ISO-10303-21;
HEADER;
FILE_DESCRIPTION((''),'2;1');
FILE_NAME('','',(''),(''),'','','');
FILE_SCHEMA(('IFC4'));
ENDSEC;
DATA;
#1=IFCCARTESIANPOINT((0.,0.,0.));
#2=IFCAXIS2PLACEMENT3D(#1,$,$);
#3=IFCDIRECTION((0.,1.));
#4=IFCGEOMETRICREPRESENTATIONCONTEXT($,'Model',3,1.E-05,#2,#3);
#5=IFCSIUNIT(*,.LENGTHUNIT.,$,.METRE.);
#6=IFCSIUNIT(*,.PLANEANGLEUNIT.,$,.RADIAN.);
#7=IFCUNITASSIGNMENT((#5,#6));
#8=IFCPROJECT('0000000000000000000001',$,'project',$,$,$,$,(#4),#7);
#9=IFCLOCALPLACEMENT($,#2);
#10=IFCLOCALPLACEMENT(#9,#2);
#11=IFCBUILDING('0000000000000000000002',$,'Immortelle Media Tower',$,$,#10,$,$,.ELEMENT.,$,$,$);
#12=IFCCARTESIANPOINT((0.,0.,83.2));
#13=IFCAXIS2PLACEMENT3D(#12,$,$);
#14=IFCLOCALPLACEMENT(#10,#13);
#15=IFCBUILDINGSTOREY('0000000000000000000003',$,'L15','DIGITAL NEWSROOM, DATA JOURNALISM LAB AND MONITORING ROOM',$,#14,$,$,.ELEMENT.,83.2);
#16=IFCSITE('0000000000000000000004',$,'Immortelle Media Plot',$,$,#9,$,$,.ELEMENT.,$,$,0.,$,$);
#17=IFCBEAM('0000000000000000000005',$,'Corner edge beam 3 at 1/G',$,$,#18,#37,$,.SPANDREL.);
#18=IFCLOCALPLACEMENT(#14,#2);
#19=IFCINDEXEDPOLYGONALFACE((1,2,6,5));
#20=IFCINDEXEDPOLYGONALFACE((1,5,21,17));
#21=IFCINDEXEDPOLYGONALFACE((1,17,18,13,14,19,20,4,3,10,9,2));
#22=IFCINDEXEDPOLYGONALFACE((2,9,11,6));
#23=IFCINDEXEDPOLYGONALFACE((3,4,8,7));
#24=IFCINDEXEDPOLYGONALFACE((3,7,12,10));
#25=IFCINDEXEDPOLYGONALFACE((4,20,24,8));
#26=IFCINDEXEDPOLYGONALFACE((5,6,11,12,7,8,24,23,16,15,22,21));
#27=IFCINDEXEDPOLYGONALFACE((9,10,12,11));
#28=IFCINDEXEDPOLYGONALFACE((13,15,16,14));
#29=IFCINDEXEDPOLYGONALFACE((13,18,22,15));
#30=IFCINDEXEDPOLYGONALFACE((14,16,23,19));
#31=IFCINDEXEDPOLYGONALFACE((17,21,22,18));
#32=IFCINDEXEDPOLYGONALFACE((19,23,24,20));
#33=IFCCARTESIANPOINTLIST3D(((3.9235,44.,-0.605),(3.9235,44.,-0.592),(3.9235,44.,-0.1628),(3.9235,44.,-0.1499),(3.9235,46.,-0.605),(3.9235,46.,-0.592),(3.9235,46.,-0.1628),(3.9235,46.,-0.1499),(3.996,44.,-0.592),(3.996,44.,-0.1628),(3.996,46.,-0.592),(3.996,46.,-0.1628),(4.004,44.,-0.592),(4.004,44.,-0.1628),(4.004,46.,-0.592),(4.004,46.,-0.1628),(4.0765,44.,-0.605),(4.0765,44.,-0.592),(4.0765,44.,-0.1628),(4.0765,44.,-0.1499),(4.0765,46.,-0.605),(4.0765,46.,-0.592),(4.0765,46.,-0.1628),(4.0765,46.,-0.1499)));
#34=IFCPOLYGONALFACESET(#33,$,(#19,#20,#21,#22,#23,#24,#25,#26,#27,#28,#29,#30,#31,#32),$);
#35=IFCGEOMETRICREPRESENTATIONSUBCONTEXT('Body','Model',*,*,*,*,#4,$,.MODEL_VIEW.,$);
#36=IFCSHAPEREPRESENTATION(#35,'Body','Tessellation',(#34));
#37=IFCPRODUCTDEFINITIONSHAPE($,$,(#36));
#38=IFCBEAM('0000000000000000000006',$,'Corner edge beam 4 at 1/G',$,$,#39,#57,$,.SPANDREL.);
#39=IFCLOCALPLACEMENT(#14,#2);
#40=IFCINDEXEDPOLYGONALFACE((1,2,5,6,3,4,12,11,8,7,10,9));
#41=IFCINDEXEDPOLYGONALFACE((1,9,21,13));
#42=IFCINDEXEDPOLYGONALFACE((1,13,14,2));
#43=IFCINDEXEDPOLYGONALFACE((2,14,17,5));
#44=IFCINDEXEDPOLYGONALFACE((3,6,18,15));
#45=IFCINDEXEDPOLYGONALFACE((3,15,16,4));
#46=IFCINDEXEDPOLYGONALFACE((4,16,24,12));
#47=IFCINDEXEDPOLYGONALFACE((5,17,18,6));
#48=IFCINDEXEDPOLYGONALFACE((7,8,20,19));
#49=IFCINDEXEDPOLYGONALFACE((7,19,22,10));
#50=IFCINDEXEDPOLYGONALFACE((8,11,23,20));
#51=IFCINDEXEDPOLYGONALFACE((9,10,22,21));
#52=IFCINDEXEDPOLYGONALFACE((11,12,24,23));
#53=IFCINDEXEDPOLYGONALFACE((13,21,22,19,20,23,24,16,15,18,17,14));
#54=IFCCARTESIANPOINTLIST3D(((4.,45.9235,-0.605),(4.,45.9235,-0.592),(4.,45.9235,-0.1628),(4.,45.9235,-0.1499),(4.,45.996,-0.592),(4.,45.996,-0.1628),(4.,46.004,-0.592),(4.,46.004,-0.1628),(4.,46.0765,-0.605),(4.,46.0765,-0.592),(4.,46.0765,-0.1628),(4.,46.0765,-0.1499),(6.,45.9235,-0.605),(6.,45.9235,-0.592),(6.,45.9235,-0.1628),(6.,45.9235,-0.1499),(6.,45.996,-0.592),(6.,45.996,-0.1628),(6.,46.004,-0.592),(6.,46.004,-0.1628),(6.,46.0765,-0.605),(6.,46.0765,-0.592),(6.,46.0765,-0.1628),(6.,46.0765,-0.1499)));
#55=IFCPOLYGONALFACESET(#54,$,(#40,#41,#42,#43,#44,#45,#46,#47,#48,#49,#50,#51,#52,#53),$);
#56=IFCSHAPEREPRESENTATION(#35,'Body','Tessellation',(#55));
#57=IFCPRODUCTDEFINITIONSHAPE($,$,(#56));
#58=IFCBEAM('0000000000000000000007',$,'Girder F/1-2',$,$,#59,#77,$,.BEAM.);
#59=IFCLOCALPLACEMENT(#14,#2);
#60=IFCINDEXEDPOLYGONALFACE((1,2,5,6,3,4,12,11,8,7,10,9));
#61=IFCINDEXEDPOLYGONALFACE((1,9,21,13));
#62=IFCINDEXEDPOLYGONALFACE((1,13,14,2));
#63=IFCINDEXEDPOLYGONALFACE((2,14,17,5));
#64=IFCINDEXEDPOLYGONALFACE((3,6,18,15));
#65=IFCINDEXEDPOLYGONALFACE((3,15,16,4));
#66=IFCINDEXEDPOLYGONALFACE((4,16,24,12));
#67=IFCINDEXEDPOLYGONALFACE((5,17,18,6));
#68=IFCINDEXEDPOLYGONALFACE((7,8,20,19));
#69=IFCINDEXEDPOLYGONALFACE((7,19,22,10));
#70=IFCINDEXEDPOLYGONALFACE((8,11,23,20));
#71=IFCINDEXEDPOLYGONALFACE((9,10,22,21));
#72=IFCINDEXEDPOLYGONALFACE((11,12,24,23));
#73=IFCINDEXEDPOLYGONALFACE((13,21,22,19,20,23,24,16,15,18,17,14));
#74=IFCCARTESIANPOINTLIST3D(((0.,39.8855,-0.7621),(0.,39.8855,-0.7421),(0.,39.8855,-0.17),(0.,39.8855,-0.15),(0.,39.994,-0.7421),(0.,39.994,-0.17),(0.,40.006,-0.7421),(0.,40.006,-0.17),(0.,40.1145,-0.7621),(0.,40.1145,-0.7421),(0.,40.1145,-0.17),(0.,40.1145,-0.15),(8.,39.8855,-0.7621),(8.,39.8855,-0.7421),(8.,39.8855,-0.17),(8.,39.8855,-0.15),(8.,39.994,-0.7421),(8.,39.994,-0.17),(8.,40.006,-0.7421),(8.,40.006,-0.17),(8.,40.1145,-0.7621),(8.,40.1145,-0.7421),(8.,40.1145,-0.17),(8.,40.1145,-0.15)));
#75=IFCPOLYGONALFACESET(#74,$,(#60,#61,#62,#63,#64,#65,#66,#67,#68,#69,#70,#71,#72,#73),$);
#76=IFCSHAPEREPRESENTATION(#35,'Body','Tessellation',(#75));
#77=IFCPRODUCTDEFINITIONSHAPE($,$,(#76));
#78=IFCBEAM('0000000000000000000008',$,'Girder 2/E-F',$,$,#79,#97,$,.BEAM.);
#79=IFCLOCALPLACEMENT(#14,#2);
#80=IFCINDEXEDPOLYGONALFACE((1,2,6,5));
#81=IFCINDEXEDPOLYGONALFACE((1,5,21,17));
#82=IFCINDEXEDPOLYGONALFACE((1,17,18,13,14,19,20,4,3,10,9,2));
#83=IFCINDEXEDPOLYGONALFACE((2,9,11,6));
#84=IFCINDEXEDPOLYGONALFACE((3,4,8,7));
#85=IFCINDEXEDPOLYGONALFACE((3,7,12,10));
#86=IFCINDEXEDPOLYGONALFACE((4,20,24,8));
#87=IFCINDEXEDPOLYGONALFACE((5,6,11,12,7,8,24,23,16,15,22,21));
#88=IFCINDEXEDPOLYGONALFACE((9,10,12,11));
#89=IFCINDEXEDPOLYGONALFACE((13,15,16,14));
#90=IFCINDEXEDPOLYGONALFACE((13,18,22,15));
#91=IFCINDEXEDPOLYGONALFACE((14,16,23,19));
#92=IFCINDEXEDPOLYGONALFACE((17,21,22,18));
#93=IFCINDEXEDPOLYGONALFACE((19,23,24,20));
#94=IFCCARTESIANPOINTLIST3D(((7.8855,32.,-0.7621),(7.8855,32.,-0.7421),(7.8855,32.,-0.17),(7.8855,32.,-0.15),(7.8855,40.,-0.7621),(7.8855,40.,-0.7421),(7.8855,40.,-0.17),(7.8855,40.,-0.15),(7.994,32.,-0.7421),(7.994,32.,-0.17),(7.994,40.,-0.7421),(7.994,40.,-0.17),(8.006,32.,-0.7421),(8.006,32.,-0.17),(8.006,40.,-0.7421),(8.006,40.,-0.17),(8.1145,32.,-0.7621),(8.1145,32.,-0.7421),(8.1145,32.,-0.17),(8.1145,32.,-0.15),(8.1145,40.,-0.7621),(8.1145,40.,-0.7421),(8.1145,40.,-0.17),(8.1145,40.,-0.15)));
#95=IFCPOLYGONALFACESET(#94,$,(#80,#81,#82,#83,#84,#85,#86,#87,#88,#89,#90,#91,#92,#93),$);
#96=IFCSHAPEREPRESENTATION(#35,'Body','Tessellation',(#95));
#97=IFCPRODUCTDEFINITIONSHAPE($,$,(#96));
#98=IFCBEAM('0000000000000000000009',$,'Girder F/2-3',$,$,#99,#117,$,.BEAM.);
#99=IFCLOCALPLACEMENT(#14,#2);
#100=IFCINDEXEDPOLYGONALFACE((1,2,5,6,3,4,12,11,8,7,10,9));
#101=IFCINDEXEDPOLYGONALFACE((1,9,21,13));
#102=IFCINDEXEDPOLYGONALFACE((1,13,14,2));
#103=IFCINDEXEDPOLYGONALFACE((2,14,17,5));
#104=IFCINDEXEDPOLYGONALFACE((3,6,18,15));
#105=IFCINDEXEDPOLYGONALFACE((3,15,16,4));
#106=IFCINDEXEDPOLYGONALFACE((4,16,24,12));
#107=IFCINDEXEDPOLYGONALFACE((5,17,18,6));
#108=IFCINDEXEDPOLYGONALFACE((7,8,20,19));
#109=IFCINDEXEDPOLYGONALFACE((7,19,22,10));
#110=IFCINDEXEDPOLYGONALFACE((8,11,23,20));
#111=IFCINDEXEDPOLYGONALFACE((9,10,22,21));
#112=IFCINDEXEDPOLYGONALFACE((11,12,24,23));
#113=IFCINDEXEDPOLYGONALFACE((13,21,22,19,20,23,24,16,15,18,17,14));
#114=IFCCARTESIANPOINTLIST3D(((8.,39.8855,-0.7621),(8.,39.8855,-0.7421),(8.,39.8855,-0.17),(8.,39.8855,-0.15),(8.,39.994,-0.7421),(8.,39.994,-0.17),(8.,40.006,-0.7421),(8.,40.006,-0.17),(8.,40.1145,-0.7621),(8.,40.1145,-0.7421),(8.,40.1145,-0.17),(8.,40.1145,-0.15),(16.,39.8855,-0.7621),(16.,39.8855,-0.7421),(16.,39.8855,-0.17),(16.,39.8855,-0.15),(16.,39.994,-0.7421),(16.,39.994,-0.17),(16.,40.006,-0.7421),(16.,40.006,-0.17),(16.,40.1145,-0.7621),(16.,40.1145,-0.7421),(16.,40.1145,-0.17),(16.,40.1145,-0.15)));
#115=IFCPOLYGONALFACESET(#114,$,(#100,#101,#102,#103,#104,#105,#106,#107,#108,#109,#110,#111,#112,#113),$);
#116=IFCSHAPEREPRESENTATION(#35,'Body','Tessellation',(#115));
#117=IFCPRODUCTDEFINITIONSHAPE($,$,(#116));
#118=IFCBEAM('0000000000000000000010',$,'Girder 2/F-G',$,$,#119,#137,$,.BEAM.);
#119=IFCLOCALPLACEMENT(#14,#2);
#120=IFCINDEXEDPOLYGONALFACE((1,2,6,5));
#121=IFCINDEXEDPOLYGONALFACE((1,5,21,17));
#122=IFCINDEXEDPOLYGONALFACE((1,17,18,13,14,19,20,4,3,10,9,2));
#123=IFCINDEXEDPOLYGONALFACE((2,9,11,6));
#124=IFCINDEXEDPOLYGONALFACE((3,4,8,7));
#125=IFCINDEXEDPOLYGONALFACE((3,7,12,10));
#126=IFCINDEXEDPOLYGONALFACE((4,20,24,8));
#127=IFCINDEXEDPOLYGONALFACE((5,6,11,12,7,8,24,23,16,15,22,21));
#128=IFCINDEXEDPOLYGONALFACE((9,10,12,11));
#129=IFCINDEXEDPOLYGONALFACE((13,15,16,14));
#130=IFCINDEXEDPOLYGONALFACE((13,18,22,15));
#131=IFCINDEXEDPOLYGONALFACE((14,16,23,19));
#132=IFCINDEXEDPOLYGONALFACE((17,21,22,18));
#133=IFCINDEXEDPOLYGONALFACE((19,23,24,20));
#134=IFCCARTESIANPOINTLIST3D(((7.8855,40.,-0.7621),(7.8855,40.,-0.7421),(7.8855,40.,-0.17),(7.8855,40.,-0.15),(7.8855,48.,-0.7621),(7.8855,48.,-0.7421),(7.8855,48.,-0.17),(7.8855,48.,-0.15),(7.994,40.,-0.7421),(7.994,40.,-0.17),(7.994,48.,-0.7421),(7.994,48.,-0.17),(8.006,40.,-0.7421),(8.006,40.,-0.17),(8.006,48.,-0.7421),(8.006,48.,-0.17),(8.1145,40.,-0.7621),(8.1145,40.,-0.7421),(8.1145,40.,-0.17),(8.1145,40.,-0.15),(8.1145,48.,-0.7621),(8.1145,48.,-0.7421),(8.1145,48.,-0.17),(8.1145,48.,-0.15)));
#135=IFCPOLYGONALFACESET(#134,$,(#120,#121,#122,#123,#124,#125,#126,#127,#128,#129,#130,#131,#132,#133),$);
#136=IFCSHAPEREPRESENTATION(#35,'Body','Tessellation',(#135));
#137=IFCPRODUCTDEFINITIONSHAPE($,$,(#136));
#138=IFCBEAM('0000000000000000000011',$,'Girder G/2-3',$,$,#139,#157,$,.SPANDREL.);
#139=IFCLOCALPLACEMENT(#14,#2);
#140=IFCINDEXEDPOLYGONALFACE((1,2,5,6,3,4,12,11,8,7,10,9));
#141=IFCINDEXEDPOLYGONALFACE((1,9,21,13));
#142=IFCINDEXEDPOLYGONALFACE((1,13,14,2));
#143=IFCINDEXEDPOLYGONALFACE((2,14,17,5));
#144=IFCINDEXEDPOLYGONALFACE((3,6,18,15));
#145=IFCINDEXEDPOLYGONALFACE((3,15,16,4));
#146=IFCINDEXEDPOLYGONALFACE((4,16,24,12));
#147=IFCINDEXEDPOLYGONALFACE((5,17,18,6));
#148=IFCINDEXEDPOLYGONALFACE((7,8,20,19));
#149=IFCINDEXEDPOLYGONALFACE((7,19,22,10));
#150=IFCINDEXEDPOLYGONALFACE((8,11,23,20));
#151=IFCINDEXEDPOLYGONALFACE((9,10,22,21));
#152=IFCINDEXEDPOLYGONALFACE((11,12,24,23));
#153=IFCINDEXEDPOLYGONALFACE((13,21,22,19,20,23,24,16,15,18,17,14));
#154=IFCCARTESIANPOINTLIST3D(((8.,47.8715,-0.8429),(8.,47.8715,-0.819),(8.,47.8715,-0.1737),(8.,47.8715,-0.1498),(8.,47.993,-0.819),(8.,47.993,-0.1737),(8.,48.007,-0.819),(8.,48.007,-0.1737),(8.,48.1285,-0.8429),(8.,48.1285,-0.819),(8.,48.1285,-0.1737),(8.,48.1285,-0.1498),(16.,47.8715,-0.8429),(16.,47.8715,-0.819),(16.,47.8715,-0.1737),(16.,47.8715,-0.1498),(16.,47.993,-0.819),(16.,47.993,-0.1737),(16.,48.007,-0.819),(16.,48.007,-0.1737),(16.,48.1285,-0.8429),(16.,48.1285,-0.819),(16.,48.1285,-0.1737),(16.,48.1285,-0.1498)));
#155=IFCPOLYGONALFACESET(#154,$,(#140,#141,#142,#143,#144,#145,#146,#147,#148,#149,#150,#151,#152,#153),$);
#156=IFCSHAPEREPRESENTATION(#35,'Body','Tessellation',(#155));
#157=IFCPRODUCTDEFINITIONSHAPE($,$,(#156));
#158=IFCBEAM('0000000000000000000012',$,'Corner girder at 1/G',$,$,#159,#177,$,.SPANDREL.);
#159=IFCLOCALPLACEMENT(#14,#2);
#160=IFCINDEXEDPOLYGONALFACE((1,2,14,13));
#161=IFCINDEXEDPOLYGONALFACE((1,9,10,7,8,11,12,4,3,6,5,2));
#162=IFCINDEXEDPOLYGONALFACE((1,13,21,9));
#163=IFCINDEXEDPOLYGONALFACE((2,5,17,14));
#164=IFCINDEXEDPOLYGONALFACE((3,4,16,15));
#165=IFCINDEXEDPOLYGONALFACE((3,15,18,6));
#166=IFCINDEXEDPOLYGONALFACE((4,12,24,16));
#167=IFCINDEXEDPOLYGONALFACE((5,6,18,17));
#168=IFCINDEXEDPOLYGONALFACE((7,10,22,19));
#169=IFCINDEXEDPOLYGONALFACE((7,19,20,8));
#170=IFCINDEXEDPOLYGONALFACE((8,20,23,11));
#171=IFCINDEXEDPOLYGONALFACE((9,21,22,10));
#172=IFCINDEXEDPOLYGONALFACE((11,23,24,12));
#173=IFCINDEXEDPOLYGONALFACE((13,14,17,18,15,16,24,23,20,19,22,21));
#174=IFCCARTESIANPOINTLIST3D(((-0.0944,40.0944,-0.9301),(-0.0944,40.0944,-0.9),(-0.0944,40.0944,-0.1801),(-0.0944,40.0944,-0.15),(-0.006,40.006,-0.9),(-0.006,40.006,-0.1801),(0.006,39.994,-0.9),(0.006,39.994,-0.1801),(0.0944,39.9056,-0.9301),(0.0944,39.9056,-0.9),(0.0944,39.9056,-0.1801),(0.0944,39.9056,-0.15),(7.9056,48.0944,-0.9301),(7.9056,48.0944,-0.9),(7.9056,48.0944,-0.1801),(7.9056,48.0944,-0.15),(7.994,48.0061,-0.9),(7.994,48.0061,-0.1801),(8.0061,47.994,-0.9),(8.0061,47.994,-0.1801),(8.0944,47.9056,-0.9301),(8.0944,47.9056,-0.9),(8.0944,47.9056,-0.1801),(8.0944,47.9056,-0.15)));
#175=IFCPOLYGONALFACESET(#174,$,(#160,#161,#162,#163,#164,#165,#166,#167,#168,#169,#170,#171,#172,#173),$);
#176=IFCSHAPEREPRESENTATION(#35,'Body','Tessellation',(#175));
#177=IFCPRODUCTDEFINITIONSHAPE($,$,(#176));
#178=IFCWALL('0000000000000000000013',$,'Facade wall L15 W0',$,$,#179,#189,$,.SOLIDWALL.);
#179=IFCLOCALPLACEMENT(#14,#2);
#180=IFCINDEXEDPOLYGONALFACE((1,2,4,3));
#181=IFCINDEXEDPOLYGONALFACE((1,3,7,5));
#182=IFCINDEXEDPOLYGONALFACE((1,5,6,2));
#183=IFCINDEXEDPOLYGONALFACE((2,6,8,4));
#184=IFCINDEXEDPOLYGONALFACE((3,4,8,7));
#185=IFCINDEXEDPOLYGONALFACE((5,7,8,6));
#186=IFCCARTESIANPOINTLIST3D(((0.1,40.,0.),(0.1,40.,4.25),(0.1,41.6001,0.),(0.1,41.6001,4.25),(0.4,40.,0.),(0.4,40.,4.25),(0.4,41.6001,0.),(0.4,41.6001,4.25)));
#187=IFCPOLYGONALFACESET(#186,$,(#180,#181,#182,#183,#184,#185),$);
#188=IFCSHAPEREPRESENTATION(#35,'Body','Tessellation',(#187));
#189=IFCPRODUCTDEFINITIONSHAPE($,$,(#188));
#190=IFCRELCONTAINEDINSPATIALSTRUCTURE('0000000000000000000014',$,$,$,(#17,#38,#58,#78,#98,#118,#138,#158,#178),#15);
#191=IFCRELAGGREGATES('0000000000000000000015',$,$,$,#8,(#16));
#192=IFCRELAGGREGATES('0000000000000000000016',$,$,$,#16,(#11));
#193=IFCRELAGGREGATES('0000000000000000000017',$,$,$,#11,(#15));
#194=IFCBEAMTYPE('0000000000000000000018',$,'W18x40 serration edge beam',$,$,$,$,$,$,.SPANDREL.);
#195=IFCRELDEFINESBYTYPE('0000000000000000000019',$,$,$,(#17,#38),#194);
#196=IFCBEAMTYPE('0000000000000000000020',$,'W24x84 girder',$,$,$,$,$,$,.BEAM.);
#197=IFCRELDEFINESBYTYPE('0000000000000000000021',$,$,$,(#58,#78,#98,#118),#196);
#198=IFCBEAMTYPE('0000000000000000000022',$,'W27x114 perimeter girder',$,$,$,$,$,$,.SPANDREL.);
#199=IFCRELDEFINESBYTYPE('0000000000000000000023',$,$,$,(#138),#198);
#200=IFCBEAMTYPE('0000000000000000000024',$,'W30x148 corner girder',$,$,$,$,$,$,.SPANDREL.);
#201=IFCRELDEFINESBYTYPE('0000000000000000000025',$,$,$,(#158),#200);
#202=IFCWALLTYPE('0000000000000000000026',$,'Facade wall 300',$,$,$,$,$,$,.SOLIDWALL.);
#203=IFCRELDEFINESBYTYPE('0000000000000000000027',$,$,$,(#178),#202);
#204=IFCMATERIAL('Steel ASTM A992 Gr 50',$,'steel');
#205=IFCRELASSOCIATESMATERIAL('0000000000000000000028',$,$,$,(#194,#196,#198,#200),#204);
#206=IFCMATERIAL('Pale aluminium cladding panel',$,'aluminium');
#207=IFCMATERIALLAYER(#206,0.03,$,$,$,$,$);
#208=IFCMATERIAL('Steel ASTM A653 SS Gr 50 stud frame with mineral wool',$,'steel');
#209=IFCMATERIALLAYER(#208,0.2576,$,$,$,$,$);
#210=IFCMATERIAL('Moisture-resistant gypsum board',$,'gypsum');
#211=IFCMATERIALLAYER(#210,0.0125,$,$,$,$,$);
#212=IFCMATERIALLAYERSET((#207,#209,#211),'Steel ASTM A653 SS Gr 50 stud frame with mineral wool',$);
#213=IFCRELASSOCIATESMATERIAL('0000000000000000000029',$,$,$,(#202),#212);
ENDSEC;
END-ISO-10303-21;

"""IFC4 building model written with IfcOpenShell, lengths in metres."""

from ifc_helpers import new_model, si_unit, direction, frame, frame_2d, origin, origin_2d, place, context, subcontext, project, spatial, rectangle, i_section, extrude, material, layer, layer_set, material_profile, profile_set, type_object, element, save


model = new_model("IFC4")

# Units and contexts
model_context = context("Model", 3, precision=1e-05, world=origin(), true_north=direction((0.0, 1.0)))
body_context = subcontext(model_context, "Body", "Model", "MODEL_VIEW")
ifc_project = project(units=[si_unit("LENGTHUNIT", "METRE"), si_unit("PLANEANGLEUNIT", "RADIAN")], contexts=[model_context])

# Site, building, storey
site_placement = place(None, origin())
site = spatial("IfcSite", under=ifc_project, at=site_placement, Name="Immortelle Media Plot", CompositionType="ELEMENT", RefElevation=0.0)
building_placement = place(site_placement, origin())
building = spatial("IfcBuilding", under=site, at=building_placement, Name="Immortelle Media Tower", CompositionType="ELEMENT")
storey_placement = place(building_placement, frame((0.0, 0.0, 83.2)))
storey = spatial("IfcBuildingStorey", under=building, at=storey_placement, Name="L15", Description="DIGITAL NEWSROOM, DATA JOURNALISM LAB AND MONITORING ROOM", CompositionType="ELEMENT", Elevation=83.2)

# Shared definitions
ifc_material_1 = material(Name="Steel ASTM A992 Gr 50", Category="steel")

# Beams
ifc_material_profile_1 = material_profile(ifc_material_1, i_section(OverallWidth=0.1531, OverallDepth=0.4551, WebThickness=0.0081, FlangeThickness=0.0129, at=origin_2d()), Name="W18x40")
ifc_profile_set_1 = profile_set([ifc_material_profile_1], Name="Steel ASTM A992 Gr 50")
beam_type_1 = type_object("IfcBeamType", Name="W18x40 serration edge beam", PredefinedType="SPANDREL", material=ifc_profile_set_1)
for number, where, z_axis, x_axis, name in (
    (1, (4.0, 44.0, -0.3774), (0.0, 1.0, 0.0), (-1.0, 0.0, 0.0), "Corner edge beam 3 at 1/G"),
    (2, (4.0, 46.0, -0.3774), (1.0, 0.0, 0.0), (0.0, 1.0, 0.0), "Corner edge beam 4 at 1/G"),
):
    element("IfcBeam", number, at=place(storey_placement, frame(where, z_axis=z_axis, x_axis=x_axis)), inside=storey, type_object=beam_type_1, Name=name, PredefinedType="SPANDREL", context=body_context, shape_type="SweptSolid", body=[
        extrude(i_section(OverallWidth=0.1531, OverallDepth=0.4551, WebThickness=0.0081, FlangeThickness=0.0129, at=origin_2d()), origin(), (0.0, 0.0, 1.0), 2.0),
    ])
ifc_material_profile_2 = material_profile(ifc_material_1, i_section(OverallWidth=0.229, OverallDepth=0.6121, WebThickness=0.012, FlangeThickness=0.02, at=origin_2d()), Name="W24x84")
ifc_profile_set_2 = profile_set([ifc_material_profile_2], Name="Steel ASTM A992 Gr 50")
beam_type_2 = type_object("IfcBeamType", Name="W24x84 girder", PredefinedType="BEAM", material=ifc_profile_set_2)
for number, where, z_axis, x_axis, name in (
    (3, (0.0, 40.0, -0.4561), (1.0, 0.0, 0.0), (0.0, 1.0, 0.0), "Girder F/1-2"),
    (4, (8.0, 32.0, -0.4561), (0.0, 1.0, 0.0), (-1.0, 0.0, 0.0), "Girder 2/E-F"),
    (5, (8.0, 40.0, -0.4561), (1.0, 0.0, 0.0), (0.0, 1.0, 0.0), "Girder F/2-3"),
    (6, (8.0, 40.0, -0.4561), (0.0, 1.0, 0.0), (-1.0, 0.0, 0.0), "Girder 2/F-G"),
):
    element("IfcBeam", number, at=place(storey_placement, frame(where, z_axis=z_axis, x_axis=x_axis)), inside=storey, type_object=beam_type_2, Name=name, PredefinedType="BEAM", context=body_context, shape_type="SweptSolid", body=[
        extrude(i_section(OverallWidth=0.229, OverallDepth=0.6121, WebThickness=0.012, FlangeThickness=0.02, at=origin_2d()), origin(), (0.0, 0.0, 1.0), 8.0),
    ])
ifc_material_profile_3 = material_profile(ifc_material_1, i_section(OverallWidth=0.2571, OverallDepth=0.6931, WebThickness=0.0139, FlangeThickness=0.0239, at=origin_2d()), Name="W27x114")
ifc_profile_set_3 = profile_set([ifc_material_profile_3], Name="Steel ASTM A992 Gr 50")
beam_type_3 = type_object("IfcBeamType", Name="W27x114 perimeter girder", PredefinedType="SPANDREL", material=ifc_profile_set_3)
beam_1_placement = place(storey_placement, frame((8.0, 48.0, -0.4963), z_axis=(1.0, 0.0, 0.0), x_axis=(0.0, 1.0, 0.0)))
element("IfcBeam", 7, at=beam_1_placement, inside=storey, type_object=beam_type_3, Name="Girder G/2-3", PredefinedType="SPANDREL", context=body_context, shape_type="SweptSolid", body=[
    extrude(i_section(OverallWidth=0.2571, OverallDepth=0.6931, WebThickness=0.0139, FlangeThickness=0.0239, at=origin_2d()), origin(), (0.0, 0.0, 1.0), 8.0),
])
ifc_material_profile_4 = material_profile(ifc_material_1, i_section(OverallWidth=0.2671, OverallDepth=0.78, WebThickness=0.0171, FlangeThickness=0.03, at=origin_2d()), Name="W30x148")
ifc_profile_set_4 = profile_set([ifc_material_profile_4], Name="Steel ASTM A992 Gr 50")
beam_type_4 = type_object("IfcBeamType", Name="W30x148 corner girder", PredefinedType="SPANDREL", material=ifc_profile_set_4)
beam_2_placement = place(storey_placement, frame((0.0, 40.0, -0.54), z_axis=(0.707107, 0.707107, 0.0), x_axis=(-0.707107, 0.707107, 0.0)))
element("IfcBeam", 8, at=beam_2_placement, inside=storey, type_object=beam_type_4, Name="Corner girder at 1/G", PredefinedType="SPANDREL", context=body_context, shape_type="SweptSolid", body=[
    extrude(i_section(OverallWidth=0.2671, OverallDepth=0.78, WebThickness=0.0171, FlangeThickness=0.03, at=origin_2d()), origin(), (0.0, 0.0, 1.0), 11.3137),
])

# Wall
ifc_material_2 = material(Name="Pale aluminium cladding panel", Category="aluminium")
ifc_layer_1 = layer(ifc_material_2, 0.03)
ifc_material_3 = material(Name="Steel ASTM A653 SS Gr 50 stud frame with mineral wool", Category="steel")
ifc_layer_2 = layer(ifc_material_3, 0.2576)
ifc_material_4 = material(Name="Moisture-resistant gypsum board", Category="gypsum")
ifc_layer_3 = layer(ifc_material_4, 0.0125)
ifc_layer_set_1 = layer_set([ifc_layer_1, ifc_layer_2, ifc_layer_3], Name="Steel ASTM A653 SS Gr 50 stud frame with mineral wool")
wall_type = type_object("IfcWallType", Name="Facade wall 300", PredefinedType="SOLIDWALL", material=ifc_layer_set_1)
wall_1_placement = place(storey_placement, frame((0.25, 41.6001, 0.0), z_axis=(0.0, 0.0, 1.0), x_axis=(0.0, -1.0, 0.0)))
element("IfcWall", 9, at=wall_1_placement, inside=storey, type_object=wall_type, Name="Facade wall L15 W0", PredefinedType="SOLIDWALL", context=body_context, shape_type="SweptSolid", body=[
    extrude(rectangle(XDim=1.6001, YDim=0.3, at=frame_2d((0.8, 0.0))), origin(), (0.0, 0.0, 1.0), 4.25),
])

save(model, "model.ifc")
